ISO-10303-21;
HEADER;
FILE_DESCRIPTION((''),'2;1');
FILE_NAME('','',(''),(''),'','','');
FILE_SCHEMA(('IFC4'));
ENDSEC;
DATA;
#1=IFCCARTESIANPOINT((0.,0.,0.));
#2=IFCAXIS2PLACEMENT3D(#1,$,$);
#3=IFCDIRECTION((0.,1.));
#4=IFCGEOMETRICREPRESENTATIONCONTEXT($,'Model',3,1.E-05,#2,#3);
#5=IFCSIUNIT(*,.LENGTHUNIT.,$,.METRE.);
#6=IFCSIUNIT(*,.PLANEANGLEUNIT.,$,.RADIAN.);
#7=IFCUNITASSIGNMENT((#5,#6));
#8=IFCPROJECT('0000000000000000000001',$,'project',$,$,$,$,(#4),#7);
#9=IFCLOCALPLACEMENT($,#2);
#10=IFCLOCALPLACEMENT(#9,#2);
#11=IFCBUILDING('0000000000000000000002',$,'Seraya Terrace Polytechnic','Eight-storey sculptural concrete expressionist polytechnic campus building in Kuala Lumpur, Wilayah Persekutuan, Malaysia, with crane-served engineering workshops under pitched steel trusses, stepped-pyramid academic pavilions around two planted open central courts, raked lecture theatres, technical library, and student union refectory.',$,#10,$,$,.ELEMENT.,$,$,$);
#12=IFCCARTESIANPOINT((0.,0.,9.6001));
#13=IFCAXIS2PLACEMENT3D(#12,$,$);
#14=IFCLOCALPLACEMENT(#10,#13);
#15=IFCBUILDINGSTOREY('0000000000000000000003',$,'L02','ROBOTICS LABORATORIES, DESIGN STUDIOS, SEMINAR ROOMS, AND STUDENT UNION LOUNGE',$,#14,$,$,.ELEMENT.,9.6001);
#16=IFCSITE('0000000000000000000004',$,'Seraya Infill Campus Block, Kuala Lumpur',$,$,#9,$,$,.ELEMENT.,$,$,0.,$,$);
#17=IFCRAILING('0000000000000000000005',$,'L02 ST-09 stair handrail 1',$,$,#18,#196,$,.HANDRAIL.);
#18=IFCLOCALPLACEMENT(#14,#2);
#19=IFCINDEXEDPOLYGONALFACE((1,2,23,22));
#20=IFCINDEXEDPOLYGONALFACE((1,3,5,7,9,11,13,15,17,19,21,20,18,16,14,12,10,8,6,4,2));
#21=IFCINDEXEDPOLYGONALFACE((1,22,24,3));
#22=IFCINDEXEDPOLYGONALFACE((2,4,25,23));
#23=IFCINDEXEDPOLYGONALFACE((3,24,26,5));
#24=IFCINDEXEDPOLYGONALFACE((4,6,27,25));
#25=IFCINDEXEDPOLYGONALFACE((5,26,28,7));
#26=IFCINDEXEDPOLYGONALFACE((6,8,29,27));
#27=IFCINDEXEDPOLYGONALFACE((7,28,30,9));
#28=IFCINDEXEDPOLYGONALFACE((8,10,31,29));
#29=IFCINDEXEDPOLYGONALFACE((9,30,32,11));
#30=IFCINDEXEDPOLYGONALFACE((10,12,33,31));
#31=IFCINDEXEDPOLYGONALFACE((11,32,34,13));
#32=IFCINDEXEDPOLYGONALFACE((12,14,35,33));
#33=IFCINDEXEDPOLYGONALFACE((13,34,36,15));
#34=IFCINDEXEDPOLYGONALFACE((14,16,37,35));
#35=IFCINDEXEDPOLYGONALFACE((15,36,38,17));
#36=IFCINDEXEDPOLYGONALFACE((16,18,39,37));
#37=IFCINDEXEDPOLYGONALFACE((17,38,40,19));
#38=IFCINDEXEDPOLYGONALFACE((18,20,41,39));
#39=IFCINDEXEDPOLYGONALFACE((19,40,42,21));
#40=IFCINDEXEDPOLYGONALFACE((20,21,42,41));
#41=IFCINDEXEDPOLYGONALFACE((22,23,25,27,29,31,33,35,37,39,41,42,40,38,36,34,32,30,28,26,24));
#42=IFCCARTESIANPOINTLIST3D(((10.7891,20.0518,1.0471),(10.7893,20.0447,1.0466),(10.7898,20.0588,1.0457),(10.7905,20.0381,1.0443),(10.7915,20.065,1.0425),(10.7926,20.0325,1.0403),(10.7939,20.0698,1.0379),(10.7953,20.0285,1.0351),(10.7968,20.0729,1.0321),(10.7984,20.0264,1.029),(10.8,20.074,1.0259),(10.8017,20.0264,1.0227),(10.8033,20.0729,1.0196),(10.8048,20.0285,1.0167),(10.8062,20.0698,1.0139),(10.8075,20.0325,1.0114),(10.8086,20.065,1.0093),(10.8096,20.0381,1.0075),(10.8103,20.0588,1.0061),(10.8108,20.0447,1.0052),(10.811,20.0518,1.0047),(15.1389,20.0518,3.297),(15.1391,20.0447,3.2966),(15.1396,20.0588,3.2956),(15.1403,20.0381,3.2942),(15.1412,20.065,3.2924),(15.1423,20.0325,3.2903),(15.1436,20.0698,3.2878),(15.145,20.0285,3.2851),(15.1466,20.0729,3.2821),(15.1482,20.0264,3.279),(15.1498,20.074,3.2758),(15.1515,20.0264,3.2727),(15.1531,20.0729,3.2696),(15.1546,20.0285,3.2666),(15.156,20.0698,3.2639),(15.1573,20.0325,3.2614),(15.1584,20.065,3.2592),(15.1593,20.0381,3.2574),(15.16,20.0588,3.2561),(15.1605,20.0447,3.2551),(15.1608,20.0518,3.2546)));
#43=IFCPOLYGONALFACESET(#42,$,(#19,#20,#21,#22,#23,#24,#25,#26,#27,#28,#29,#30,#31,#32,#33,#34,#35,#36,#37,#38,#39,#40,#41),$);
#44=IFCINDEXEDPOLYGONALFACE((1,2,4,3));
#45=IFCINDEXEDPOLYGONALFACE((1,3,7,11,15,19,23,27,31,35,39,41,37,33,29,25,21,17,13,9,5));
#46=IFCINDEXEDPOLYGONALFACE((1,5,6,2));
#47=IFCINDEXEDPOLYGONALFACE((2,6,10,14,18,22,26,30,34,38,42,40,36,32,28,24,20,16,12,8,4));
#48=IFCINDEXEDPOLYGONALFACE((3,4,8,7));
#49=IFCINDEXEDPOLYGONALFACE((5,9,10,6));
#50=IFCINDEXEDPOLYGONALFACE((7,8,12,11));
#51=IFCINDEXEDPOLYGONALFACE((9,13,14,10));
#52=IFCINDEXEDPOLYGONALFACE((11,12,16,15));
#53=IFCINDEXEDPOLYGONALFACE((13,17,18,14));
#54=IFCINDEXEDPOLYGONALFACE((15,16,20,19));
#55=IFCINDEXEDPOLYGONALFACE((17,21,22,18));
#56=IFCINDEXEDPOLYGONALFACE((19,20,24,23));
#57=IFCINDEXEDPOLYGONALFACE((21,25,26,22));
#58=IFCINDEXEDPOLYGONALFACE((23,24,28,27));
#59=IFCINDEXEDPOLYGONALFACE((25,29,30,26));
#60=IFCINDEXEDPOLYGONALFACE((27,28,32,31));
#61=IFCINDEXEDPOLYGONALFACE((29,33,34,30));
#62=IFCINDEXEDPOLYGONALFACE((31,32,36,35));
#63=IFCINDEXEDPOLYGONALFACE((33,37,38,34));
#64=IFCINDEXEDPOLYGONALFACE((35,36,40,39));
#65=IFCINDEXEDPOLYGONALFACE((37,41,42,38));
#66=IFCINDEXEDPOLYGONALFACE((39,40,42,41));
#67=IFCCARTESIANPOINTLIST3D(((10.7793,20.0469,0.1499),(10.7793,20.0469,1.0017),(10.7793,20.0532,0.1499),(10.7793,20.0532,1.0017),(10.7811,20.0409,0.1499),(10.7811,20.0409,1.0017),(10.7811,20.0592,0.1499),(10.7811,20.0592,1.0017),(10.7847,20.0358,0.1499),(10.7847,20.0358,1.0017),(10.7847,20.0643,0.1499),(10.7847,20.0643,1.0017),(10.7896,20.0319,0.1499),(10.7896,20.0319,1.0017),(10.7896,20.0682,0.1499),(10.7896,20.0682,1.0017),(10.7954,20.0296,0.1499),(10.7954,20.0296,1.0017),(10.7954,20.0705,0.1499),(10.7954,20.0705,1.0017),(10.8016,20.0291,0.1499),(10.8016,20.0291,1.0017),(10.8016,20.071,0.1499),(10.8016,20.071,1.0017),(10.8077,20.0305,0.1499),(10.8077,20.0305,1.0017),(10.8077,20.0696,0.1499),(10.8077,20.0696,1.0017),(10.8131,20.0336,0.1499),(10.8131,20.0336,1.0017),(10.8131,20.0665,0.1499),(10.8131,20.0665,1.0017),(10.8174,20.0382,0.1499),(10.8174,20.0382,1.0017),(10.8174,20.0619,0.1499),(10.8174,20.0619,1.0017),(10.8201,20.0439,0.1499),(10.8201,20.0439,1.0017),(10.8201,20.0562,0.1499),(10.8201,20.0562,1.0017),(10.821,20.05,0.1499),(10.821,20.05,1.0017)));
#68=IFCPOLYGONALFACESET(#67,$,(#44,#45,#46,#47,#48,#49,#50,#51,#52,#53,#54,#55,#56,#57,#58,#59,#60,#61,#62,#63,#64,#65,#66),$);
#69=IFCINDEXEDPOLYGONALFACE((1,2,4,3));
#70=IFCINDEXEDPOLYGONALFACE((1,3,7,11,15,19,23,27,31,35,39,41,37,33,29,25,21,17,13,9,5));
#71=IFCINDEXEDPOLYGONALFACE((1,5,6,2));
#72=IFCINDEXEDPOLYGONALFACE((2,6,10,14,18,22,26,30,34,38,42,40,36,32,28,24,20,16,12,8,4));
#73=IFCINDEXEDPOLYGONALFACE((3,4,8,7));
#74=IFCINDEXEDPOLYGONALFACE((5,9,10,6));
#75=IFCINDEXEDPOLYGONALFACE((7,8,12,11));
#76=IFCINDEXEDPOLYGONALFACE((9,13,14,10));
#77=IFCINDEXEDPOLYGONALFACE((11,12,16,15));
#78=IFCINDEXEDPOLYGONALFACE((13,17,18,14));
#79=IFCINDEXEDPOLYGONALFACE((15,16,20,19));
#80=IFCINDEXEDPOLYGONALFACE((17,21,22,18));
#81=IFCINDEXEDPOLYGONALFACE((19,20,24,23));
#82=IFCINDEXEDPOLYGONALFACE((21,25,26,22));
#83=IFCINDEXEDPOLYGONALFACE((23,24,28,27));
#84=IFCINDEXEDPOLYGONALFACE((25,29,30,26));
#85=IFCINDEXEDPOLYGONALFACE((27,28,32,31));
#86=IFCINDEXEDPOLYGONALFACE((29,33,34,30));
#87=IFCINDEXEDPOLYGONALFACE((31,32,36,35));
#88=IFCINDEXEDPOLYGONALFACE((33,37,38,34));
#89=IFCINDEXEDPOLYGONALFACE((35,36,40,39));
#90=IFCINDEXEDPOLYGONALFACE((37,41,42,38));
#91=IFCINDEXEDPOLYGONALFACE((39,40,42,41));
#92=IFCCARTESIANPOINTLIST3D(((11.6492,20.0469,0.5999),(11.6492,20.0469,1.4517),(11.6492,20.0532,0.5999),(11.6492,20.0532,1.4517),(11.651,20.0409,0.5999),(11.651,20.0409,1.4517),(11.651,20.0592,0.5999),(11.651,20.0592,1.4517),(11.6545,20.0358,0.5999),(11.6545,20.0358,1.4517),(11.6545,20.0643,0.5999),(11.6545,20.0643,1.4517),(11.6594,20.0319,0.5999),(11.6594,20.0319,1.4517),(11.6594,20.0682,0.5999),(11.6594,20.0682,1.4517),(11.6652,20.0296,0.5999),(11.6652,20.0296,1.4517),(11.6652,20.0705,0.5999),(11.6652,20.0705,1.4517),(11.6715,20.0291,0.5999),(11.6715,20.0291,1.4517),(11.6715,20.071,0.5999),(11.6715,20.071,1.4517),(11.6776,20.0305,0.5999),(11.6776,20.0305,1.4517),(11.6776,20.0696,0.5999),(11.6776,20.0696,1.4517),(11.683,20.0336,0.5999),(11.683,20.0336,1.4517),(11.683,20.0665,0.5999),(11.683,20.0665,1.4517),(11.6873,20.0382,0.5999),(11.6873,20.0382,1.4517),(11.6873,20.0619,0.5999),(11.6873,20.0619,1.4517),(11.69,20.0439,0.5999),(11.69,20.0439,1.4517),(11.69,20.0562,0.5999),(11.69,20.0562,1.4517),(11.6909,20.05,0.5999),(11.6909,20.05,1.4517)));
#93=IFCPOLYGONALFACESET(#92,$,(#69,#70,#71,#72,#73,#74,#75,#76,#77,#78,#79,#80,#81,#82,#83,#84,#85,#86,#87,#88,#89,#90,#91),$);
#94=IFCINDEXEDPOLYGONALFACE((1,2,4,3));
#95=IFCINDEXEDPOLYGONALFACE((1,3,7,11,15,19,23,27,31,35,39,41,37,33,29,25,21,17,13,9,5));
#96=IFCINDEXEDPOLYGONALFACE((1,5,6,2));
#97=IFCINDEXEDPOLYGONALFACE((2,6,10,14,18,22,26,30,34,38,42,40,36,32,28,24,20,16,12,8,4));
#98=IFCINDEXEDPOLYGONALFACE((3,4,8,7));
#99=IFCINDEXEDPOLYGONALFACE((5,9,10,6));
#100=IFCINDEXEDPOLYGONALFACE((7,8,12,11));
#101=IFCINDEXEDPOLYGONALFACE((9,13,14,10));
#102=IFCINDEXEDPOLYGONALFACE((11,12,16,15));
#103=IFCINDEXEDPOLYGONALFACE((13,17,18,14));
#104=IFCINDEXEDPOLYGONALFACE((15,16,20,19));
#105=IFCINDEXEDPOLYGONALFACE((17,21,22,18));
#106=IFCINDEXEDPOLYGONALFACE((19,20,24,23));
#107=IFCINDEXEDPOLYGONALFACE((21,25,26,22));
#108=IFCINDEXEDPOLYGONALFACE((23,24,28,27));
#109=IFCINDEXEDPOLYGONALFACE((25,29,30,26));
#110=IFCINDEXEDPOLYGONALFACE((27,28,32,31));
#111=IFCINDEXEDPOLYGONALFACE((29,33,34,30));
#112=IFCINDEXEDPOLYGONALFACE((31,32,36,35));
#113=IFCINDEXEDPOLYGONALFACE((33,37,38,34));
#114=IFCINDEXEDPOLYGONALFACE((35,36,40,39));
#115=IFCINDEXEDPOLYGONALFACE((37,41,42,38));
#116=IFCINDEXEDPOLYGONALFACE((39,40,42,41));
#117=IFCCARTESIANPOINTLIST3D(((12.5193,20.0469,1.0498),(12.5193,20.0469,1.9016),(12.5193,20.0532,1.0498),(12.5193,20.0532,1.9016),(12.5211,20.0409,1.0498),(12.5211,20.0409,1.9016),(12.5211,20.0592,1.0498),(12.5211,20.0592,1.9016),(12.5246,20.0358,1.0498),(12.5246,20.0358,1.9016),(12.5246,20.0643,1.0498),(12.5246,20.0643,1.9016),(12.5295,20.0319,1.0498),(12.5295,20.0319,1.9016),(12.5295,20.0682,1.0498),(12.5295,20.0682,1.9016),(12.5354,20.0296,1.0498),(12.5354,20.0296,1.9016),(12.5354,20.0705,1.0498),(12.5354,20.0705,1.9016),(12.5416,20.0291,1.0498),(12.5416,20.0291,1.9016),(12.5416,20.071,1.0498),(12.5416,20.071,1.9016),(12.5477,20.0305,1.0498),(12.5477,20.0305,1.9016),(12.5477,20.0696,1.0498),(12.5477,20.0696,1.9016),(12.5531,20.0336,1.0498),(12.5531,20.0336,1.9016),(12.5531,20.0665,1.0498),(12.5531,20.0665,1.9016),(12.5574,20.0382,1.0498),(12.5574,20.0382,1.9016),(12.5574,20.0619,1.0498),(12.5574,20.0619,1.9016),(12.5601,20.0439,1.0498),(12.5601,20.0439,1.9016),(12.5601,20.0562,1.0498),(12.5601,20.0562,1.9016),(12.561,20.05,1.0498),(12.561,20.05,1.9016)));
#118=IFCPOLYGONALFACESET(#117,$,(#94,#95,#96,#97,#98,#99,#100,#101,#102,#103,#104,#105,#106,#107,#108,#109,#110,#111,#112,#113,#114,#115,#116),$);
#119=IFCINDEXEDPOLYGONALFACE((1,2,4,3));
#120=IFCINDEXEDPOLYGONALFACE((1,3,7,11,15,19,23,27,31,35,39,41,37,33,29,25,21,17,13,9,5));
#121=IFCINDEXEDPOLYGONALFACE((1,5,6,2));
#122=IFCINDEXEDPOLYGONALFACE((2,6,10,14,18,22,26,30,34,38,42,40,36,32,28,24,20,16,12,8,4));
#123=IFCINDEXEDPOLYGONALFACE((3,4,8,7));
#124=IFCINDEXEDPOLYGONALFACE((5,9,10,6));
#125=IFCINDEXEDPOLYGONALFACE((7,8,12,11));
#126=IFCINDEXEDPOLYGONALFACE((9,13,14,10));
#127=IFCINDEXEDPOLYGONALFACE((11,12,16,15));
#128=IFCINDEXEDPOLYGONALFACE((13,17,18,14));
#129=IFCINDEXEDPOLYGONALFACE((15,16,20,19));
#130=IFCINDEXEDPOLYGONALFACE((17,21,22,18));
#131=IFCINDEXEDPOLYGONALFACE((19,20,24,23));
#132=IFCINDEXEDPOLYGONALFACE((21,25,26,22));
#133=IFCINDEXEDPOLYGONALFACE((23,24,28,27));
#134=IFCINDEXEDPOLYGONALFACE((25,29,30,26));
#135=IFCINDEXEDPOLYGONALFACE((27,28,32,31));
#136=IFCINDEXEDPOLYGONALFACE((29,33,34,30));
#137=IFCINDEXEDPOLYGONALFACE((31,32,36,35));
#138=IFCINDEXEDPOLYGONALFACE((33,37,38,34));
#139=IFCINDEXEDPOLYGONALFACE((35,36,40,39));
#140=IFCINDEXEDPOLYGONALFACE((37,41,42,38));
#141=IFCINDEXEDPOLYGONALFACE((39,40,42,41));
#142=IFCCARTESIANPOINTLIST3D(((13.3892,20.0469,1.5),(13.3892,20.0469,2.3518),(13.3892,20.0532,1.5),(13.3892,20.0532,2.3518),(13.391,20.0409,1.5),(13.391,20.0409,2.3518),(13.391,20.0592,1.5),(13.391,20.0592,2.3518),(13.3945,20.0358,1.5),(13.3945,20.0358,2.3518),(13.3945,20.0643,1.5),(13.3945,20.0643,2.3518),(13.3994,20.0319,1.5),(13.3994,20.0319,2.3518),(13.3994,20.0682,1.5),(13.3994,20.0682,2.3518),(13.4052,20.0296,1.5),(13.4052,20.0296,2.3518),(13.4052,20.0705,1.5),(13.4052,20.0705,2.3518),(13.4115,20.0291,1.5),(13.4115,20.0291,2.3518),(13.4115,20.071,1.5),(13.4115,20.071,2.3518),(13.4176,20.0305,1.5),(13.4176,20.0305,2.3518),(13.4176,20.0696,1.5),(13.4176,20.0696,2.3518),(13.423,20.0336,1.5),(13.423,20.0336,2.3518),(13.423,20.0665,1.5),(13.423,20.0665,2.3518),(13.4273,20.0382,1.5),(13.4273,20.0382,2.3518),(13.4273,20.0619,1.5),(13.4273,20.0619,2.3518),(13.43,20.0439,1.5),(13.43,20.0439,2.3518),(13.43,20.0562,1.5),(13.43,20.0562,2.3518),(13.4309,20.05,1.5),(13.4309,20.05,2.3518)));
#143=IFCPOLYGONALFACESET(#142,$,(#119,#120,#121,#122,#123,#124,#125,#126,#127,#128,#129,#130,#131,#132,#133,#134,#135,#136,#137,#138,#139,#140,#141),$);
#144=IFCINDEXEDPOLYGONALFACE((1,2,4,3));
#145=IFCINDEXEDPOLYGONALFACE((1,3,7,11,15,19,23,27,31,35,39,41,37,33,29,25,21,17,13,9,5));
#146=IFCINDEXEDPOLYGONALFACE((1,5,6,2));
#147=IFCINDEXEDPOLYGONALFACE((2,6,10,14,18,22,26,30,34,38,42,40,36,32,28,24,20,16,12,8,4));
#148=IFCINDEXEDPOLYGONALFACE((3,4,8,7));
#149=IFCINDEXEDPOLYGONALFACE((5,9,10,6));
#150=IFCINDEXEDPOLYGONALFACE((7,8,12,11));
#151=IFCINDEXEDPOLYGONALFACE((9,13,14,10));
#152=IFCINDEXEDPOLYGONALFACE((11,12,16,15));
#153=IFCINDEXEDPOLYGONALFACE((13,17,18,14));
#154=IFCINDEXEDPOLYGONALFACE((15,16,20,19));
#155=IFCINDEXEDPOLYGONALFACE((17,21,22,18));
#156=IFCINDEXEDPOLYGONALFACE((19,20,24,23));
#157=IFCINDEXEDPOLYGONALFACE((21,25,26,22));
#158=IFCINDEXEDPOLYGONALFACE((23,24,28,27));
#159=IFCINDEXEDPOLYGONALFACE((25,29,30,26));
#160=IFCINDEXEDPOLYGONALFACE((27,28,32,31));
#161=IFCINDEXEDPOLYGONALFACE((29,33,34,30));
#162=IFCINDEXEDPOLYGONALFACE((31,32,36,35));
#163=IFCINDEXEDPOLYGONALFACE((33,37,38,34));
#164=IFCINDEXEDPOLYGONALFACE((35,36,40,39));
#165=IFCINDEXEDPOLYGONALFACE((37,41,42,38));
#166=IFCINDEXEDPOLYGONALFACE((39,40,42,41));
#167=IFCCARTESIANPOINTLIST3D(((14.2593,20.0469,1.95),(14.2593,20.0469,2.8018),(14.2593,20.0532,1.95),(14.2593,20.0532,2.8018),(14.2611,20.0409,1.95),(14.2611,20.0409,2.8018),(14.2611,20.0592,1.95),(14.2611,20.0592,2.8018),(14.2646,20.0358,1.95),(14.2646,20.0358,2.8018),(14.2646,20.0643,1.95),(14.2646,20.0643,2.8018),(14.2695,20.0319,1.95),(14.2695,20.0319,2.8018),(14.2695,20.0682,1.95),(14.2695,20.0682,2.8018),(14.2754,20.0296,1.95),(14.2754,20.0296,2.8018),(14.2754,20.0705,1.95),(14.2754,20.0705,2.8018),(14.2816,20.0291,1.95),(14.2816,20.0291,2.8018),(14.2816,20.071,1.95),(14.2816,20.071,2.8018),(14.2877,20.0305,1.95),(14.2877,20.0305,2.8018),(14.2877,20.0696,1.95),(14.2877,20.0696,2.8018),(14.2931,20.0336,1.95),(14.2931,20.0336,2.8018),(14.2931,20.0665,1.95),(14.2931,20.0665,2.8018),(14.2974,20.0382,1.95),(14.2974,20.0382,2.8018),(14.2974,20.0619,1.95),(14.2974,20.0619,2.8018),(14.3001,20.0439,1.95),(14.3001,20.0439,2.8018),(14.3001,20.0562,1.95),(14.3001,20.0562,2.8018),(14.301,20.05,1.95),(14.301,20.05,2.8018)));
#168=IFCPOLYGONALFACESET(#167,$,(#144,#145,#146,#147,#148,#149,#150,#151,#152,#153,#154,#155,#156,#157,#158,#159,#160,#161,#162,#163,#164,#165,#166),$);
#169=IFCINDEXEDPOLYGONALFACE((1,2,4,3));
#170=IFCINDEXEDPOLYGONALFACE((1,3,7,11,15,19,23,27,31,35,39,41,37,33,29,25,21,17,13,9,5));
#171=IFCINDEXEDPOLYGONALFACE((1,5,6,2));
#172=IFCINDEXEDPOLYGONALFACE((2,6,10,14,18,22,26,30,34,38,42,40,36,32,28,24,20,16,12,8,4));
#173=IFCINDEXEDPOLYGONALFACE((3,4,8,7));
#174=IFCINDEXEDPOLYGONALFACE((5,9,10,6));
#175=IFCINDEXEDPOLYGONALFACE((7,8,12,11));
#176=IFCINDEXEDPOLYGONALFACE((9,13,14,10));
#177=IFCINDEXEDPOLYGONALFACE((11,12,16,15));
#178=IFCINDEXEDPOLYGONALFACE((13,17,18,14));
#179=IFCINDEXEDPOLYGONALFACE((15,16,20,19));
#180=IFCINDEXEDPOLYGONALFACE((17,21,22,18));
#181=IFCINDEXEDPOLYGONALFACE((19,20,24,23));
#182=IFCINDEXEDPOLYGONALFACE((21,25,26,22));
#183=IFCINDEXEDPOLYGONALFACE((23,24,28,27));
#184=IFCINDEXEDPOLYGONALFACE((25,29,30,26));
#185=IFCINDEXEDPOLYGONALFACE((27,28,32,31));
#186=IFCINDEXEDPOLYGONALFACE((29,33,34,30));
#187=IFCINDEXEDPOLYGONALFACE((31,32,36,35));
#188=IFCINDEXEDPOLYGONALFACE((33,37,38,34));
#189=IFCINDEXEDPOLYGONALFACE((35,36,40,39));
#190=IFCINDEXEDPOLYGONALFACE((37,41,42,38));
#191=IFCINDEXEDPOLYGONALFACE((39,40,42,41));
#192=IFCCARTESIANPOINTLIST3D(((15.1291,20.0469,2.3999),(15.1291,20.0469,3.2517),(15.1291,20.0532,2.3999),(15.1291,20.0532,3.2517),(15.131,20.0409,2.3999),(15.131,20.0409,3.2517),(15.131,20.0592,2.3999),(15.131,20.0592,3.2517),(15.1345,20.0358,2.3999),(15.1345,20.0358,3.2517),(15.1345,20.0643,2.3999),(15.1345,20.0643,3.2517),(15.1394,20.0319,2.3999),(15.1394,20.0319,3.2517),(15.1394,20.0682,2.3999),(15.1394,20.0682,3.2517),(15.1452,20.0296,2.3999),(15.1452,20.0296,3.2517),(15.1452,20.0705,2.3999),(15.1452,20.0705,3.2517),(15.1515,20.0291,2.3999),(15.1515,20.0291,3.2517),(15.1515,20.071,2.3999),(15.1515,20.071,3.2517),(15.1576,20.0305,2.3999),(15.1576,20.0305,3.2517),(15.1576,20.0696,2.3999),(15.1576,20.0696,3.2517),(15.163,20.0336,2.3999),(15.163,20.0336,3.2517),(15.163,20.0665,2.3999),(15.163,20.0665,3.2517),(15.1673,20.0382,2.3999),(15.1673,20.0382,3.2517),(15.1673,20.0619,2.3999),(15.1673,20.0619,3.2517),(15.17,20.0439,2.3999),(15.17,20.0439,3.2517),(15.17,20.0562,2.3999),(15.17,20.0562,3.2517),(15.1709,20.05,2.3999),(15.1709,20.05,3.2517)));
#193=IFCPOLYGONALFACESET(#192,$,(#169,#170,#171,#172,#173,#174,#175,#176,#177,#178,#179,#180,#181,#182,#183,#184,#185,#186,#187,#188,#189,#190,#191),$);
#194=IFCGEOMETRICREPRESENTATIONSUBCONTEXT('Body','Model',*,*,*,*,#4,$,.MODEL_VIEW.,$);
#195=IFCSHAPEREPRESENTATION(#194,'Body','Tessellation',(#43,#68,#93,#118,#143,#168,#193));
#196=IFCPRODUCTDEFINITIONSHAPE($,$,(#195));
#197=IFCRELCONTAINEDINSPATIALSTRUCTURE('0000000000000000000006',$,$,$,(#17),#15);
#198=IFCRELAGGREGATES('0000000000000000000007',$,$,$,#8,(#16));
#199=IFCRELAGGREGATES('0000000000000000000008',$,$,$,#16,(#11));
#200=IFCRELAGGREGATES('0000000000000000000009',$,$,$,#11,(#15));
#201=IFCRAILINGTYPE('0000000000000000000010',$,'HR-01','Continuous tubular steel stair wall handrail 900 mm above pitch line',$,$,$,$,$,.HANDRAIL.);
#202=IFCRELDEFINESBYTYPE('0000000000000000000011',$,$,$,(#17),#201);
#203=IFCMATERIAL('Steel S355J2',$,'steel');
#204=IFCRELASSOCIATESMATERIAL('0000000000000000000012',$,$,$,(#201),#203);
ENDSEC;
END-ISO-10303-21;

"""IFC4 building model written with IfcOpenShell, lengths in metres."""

from ifc_helpers import new_model, si_unit, direction, frame, origin, origin_2d, place, context, subcontext, project, spatial, circle, extrude, material, type_object, element, save


model = new_model("IFC4")

# Units and contexts
model_context = context("Model", 3, precision=1e-05, world=origin(), true_north=direction((0.0, 1.0)))
body_context = subcontext(model_context, "Body", "Model", "MODEL_VIEW")
ifc_project = project(units=[si_unit("LENGTHUNIT", "METRE"), si_unit("PLANEANGLEUNIT", "RADIAN")], contexts=[model_context])

# Site, building, storey
site_placement = place(None, origin())
site = spatial("IfcSite", under=ifc_project, at=site_placement, Name="Seraya Infill Campus Block, Kuala Lumpur", CompositionType="ELEMENT", RefElevation=0.0)
building_placement = place(site_placement, origin())
building = spatial("IfcBuilding", under=site, at=building_placement, Name="Seraya Terrace Polytechnic", Description="Eight-storey sculptural concrete expressionist polytechnic campus building in Kuala Lumpur, Wilayah Persekutuan, Malaysia, with crane-served engineering workshops under pitched steel trusses, stepped-pyramid academic pavilions around two planted open central courts, raked lecture theatres, technical library, and student union refectory.", CompositionType="ELEMENT")
storey_placement = place(building_placement, frame((0.0, 0.0, 9.6001)))
storey = spatial("IfcBuildingStorey", under=building, at=storey_placement, Name="L02", Description="ROBOTICS LABORATORIES, DESIGN STUDIOS, SEMINAR ROOMS, AND STUDENT UNION LOUNGE", CompositionType="ELEMENT", Elevation=9.6001)

# Shared definitions
ifc_material_1 = material(Name="Steel S355J2", Category="steel")

# Railing
railing_type_1 = type_object("IfcRailingType", Name="HR-01", Description="Continuous tubular steel stair wall handrail 900 mm above pitch line", PredefinedType="HANDRAIL", material=ifc_material_1)
railing_1_placement = place(storey_placement, frame((10.8, 20.05, 0.1499)))
element("IfcRailing", 1, at=railing_1_placement, inside=storey, type_object=railing_type_1, Name="L02 ST-09 stair handrail 1", PredefinedType="HANDRAIL", context=body_context, shape_type="SweptSolid", body=[
    extrude(circle(Radius=0.0239, at=origin_2d()), frame((0.0, 0.0, 0.876), z_axis=(0.888211, 0.0, 0.459435), x_axis=(0.0, 1.0, 0.0)), (0.0, 0.0, 1.0), 4.8972),
    extrude(circle(Radius=0.021, at=origin_2d()), origin(), (0.0, 0.0, 1.0), 0.8518),
    extrude(circle(Radius=0.021, at=origin_2d()), frame((0.8699, 0.0, 0.45)), (0.0, 0.0, 1.0), 0.8518),
    extrude(circle(Radius=0.021, at=origin_2d()), frame((1.74, 0.0, 0.8999)), (0.0, 0.0, 1.0), 0.8518),
    extrude(circle(Radius=0.021, at=origin_2d()), frame((2.6099, 0.0, 1.3501)), (0.0, 0.0, 1.0), 0.8518),
    extrude(circle(Radius=0.021, at=origin_2d()), frame((3.48, 0.0, 1.8)), (0.0, 0.0, 1.0), 0.8518),
    extrude(circle(Radius=0.021, at=origin_2d()), frame((4.3499, 0.0, 2.25)), (0.0, 0.0, 1.0), 0.8518),
])

save(model, "model.ifc")
